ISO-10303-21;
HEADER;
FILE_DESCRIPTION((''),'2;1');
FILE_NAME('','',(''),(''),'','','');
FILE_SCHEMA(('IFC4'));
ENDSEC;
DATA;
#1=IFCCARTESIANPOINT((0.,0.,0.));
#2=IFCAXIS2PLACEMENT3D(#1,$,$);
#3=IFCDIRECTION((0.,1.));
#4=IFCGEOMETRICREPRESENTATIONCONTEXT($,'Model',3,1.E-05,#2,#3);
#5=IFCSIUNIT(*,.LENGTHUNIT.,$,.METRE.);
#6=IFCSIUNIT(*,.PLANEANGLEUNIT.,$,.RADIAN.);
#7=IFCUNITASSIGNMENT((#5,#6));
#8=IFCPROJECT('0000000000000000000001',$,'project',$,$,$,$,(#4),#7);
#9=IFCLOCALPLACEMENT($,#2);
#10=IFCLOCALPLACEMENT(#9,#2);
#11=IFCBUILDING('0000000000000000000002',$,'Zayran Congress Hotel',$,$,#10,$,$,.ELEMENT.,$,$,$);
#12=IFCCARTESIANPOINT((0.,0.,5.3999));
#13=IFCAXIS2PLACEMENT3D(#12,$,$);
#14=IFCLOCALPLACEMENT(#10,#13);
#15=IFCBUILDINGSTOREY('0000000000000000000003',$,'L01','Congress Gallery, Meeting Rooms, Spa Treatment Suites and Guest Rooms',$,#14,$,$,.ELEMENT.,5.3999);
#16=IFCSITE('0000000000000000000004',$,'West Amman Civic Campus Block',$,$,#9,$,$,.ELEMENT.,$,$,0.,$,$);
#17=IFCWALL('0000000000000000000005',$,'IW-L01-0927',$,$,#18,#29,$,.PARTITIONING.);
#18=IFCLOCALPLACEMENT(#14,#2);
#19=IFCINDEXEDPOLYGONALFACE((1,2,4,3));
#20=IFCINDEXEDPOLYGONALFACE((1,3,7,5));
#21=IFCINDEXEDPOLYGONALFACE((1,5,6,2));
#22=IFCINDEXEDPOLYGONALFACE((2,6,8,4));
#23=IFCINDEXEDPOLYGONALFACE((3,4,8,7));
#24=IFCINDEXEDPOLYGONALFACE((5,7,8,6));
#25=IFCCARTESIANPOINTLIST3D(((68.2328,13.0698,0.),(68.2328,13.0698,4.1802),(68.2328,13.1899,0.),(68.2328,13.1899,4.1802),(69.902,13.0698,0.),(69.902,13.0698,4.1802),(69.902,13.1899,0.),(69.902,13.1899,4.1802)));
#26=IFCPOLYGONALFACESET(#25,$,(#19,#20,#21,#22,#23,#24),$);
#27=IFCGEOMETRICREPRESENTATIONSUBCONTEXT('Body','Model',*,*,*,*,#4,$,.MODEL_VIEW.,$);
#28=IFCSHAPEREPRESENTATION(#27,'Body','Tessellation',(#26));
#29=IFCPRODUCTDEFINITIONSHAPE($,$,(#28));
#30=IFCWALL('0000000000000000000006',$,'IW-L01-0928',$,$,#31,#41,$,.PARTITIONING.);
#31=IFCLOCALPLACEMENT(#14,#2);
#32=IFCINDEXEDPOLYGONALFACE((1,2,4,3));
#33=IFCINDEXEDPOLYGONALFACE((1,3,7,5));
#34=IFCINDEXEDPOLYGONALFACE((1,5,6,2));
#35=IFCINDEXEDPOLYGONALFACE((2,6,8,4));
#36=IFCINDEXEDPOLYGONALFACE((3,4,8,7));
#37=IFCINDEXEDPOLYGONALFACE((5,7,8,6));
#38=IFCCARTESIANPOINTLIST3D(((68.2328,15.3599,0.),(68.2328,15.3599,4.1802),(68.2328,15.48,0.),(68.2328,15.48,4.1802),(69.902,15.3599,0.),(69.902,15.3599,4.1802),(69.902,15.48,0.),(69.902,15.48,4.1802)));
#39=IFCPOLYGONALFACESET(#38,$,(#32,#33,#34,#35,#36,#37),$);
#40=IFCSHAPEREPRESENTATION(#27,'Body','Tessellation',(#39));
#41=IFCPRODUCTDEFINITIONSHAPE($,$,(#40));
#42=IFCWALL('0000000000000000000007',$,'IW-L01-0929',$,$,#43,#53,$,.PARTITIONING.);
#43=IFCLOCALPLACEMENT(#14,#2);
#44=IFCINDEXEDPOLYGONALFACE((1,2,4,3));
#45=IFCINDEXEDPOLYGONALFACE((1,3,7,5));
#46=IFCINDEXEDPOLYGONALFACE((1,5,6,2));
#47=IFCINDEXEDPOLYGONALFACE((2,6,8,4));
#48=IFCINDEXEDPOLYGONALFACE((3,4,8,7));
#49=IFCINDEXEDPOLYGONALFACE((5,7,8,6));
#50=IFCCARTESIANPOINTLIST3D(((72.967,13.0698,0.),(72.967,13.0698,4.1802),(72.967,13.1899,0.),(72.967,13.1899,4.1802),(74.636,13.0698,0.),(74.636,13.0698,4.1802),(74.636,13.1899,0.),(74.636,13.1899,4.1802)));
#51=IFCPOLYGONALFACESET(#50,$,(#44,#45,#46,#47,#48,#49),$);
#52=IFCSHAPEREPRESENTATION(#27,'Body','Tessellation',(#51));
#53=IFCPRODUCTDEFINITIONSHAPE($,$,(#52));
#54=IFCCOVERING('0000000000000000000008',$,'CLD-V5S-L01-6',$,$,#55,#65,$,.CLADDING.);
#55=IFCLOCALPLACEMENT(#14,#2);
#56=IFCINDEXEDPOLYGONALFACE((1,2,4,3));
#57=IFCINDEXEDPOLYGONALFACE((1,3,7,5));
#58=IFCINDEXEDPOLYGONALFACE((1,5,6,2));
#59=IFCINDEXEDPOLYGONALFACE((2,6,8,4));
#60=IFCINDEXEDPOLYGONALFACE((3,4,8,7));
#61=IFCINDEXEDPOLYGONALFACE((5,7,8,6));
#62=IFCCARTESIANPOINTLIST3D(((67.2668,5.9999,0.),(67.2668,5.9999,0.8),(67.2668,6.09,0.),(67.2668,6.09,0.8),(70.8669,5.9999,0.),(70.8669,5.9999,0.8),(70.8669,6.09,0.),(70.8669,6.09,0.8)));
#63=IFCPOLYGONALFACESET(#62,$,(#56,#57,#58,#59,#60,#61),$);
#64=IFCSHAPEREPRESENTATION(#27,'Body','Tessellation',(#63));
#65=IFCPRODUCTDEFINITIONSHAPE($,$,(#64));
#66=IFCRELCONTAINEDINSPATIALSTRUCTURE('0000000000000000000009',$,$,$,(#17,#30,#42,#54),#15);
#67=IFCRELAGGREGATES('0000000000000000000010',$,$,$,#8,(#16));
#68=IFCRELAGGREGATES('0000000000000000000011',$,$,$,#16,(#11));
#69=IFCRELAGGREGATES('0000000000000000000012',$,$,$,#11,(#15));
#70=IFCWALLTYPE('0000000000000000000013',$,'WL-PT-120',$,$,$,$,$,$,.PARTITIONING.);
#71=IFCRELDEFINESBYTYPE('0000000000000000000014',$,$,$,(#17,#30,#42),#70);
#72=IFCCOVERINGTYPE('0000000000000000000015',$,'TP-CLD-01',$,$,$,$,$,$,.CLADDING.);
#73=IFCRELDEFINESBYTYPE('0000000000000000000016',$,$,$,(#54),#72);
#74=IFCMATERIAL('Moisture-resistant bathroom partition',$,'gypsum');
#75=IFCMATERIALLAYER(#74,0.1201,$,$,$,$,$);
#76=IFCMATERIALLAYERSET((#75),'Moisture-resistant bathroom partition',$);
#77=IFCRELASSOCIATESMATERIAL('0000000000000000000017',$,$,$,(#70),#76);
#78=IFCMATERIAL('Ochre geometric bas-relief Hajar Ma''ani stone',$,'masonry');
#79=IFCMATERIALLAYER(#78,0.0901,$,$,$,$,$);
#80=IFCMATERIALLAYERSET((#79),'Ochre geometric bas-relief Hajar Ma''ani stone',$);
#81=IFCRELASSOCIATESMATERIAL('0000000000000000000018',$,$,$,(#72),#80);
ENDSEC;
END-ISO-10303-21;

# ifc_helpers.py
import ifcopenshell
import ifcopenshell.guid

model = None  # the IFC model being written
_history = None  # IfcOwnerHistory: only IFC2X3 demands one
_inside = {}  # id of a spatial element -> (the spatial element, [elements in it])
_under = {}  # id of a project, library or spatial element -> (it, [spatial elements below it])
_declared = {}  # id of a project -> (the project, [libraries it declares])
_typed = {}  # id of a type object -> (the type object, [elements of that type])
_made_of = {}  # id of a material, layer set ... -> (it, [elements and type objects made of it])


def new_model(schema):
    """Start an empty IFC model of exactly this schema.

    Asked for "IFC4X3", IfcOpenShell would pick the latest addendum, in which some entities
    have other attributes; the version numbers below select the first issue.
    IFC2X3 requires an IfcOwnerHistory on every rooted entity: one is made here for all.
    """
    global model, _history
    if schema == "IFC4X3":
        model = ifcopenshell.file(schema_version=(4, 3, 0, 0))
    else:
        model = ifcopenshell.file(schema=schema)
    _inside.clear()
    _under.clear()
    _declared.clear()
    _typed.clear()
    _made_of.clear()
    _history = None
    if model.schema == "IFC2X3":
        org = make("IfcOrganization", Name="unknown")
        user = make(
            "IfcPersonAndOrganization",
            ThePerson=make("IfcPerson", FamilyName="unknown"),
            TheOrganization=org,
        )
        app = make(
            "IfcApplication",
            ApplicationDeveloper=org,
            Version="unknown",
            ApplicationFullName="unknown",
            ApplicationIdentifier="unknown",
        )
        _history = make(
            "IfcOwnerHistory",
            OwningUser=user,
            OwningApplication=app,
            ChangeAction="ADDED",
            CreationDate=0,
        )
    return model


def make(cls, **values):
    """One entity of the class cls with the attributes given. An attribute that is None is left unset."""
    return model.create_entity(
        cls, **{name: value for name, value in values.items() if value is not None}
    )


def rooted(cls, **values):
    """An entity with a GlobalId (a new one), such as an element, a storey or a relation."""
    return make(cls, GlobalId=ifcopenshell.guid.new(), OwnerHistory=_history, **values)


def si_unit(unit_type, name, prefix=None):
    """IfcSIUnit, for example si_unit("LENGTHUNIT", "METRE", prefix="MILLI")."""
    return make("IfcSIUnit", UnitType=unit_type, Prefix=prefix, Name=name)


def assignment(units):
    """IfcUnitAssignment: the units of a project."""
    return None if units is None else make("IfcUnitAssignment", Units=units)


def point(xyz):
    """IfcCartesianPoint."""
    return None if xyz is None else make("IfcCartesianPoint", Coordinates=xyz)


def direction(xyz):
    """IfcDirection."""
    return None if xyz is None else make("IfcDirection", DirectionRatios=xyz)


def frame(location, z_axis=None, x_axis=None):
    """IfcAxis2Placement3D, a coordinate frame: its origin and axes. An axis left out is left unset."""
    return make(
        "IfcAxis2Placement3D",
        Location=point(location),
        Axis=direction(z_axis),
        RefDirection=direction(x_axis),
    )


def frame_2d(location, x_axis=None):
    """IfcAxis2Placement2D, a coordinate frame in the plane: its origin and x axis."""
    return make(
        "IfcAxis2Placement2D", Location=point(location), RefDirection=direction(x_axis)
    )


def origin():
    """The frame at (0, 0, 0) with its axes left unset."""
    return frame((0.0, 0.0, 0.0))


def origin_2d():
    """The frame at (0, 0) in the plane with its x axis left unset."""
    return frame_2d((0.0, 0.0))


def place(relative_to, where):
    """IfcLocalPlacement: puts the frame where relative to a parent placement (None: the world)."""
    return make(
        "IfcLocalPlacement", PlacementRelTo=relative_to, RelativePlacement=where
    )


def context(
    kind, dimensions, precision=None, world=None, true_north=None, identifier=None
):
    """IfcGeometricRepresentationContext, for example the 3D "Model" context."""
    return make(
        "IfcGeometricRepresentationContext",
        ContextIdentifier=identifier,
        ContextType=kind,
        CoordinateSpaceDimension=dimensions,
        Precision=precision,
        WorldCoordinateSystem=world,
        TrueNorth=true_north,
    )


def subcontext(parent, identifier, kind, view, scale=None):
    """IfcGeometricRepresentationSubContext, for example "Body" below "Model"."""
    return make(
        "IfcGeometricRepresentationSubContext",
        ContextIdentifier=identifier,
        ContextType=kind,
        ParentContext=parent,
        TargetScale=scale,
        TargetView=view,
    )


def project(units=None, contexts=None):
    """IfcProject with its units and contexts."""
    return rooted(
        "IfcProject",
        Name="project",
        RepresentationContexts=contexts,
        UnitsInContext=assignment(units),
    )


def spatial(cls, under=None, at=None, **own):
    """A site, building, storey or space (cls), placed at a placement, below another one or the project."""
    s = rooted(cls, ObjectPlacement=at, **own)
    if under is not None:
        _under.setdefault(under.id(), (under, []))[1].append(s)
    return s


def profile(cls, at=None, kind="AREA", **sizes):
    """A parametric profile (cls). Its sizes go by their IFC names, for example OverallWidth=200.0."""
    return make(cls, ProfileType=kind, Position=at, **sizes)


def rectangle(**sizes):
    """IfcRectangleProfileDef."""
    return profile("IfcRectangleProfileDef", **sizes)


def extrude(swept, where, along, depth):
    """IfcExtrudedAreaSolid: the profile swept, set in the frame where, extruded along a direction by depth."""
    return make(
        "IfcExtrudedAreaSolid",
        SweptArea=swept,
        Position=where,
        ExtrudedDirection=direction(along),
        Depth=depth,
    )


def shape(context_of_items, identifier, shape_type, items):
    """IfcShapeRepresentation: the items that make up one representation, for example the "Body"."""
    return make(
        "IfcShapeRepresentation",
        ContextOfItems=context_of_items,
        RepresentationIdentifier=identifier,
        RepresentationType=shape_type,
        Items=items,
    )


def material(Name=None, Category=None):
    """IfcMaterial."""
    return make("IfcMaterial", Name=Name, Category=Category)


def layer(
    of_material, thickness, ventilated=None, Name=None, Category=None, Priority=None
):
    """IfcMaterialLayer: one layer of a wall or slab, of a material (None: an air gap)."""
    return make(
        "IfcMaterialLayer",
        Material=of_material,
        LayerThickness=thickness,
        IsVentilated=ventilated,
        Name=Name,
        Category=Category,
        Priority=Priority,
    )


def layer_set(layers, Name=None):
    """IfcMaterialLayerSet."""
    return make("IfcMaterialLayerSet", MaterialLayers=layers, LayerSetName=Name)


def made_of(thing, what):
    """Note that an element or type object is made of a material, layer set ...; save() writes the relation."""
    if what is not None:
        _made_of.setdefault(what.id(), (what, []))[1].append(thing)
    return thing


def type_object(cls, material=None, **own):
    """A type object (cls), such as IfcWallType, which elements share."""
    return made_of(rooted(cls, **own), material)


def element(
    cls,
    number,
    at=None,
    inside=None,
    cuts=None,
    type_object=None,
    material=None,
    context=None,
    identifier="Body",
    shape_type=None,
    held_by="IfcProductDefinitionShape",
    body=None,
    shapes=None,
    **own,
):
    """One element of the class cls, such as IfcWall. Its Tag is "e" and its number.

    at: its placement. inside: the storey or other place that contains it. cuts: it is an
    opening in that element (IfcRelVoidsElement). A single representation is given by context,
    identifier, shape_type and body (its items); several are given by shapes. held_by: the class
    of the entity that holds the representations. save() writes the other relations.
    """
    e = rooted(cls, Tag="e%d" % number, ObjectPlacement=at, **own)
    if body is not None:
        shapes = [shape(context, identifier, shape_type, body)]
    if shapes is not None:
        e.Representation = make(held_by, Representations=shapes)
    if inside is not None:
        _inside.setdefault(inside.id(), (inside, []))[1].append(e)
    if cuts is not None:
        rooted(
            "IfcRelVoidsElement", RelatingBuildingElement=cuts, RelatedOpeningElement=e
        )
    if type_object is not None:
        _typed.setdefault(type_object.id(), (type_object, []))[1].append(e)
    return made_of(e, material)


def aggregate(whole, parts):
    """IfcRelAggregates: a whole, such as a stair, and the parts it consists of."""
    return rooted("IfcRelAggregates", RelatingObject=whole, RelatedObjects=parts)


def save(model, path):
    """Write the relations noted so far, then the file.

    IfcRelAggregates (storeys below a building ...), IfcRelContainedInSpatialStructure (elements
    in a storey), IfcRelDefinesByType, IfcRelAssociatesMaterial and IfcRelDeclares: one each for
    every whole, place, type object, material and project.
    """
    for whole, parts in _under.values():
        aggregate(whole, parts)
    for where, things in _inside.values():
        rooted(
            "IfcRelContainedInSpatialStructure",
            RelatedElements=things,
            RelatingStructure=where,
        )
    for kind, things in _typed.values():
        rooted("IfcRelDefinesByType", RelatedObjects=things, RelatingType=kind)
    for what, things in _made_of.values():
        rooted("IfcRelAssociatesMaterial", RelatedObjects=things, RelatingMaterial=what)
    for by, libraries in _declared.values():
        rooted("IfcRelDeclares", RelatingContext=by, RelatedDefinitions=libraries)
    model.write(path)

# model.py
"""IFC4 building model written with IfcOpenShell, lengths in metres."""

from ifc_helpers import new_model, si_unit, direction, frame, frame_2d, origin, origin_2d, place, context, subcontext, project, spatial, rectangle, extrude, material, layer, layer_set, type_object, element, save


model = new_model("IFC4")

# Units and contexts
model_context = context("Model", 3, precision=1e-05, world=origin(), true_north=direction((0.0, 1.0)))
body_context = subcontext(model_context, "Body", "Model", "MODEL_VIEW")
ifc_project = project(units=[si_unit("LENGTHUNIT", "METRE"), si_unit("PLANEANGLEUNIT", "RADIAN")], contexts=[model_context])

# Site, building, storey
site_placement = place(None, origin())
site = spatial("IfcSite", under=ifc_project, at=site_placement, Name="West Amman Civic Campus Block", CompositionType="ELEMENT", RefElevation=0.0)
building_placement = place(site_placement, origin())
building = spatial("IfcBuilding", under=site, at=building_placement, Name="Zayran Congress Hotel", CompositionType="ELEMENT")
storey_placement = place(building_placement, frame((0.0, 0.0, 5.3999)))
storey = spatial("IfcBuildingStorey", under=building, at=storey_placement, Name="L01", Description="Congress Gallery, Meeting Rooms, Spa Treatment Suites and Guest Rooms", CompositionType="ELEMENT", Elevation=5.3999)

# Shared definitions
ifc_material_1 = material(Name="Moisture-resistant bathroom partition", Category="gypsum")
ifc_layer_1 = layer(ifc_material_1, 0.1201)
ifc_layer_set_1 = layer_set([ifc_layer_1], Name="Moisture-resistant bathroom partition")
wall_type_1 = type_object("IfcWallType", Name="WL-PT-120", PredefinedType="PARTITIONING", material=ifc_layer_set_1)

# Walls
for number, where, z_axis, x_axis, name in (
    (1, (68.2329, 13.1299, 0.0), (0.0, 0.0, 1.0), (1.0, 0.0, 0.0), "IW-L01-0927"),
    (2, (68.2329, 15.4199, 0.0), (0.0, 0.0, 1.0), (1.0, 0.0, 0.0), "IW-L01-0928"),
):
    element("IfcWall", number, at=place(storey_placement, frame(where, z_axis=z_axis, x_axis=x_axis)), inside=storey, type_object=wall_type_1, Name=name, PredefinedType="PARTITIONING", context=body_context, shape_type="SweptSolid", body=[
        extrude(rectangle(XDim=1.6692, YDim=0.1201, at=frame_2d((0.8345, 0.0))), origin(), (0.0, 0.0, 1.0), 4.1802),
    ])
wall_1_placement = place(storey_placement, frame((72.967, 13.1299, 0.0), z_axis=(0.0, 0.0, 1.0), x_axis=(1.0, 0.0, 0.0)))
element("IfcWall", 3, at=wall_1_placement, inside=storey, type_object=wall_type_1, Name="IW-L01-0929", PredefinedType="PARTITIONING", context=body_context, shape_type="SweptSolid", body=[
    extrude(rectangle(XDim=1.6689, YDim=0.1201, at=frame_2d((0.8345, 0.0))), origin(), (0.0, 0.0, 1.0), 4.1802),
])

# Covering
ifc_material_2 = material(Name="Ochre geometric bas-relief Hajar Ma'ani stone", Category="masonry")
ifc_layer_2 = layer(ifc_material_2, 0.0901)
ifc_layer_set_2 = layer_set([ifc_layer_2], Name="Ochre geometric bas-relief Hajar Ma'ani stone")
covering_type = type_object("IfcCoveringType", Name="TP-CLD-01", PredefinedType="CLADDING", material=ifc_layer_set_2)
covering_placement = place(storey_placement, frame((69.0669, 6.0449, 0.0), z_axis=(0.0, 0.0, 1.0), x_axis=(1.0, 0.0, 0.0)))
element("IfcCovering", 4, at=covering_placement, inside=storey, type_object=covering_type, Name="CLD-V5S-L01-6", PredefinedType="CLADDING", context=body_context, shape_type="SweptSolid", body=[
    extrude(rectangle(XDim=3.6001, YDim=0.0901, at=origin_2d()), origin(), (0.0, 0.0, 1.0), 0.8),
])

save(model, "model.ifc")
